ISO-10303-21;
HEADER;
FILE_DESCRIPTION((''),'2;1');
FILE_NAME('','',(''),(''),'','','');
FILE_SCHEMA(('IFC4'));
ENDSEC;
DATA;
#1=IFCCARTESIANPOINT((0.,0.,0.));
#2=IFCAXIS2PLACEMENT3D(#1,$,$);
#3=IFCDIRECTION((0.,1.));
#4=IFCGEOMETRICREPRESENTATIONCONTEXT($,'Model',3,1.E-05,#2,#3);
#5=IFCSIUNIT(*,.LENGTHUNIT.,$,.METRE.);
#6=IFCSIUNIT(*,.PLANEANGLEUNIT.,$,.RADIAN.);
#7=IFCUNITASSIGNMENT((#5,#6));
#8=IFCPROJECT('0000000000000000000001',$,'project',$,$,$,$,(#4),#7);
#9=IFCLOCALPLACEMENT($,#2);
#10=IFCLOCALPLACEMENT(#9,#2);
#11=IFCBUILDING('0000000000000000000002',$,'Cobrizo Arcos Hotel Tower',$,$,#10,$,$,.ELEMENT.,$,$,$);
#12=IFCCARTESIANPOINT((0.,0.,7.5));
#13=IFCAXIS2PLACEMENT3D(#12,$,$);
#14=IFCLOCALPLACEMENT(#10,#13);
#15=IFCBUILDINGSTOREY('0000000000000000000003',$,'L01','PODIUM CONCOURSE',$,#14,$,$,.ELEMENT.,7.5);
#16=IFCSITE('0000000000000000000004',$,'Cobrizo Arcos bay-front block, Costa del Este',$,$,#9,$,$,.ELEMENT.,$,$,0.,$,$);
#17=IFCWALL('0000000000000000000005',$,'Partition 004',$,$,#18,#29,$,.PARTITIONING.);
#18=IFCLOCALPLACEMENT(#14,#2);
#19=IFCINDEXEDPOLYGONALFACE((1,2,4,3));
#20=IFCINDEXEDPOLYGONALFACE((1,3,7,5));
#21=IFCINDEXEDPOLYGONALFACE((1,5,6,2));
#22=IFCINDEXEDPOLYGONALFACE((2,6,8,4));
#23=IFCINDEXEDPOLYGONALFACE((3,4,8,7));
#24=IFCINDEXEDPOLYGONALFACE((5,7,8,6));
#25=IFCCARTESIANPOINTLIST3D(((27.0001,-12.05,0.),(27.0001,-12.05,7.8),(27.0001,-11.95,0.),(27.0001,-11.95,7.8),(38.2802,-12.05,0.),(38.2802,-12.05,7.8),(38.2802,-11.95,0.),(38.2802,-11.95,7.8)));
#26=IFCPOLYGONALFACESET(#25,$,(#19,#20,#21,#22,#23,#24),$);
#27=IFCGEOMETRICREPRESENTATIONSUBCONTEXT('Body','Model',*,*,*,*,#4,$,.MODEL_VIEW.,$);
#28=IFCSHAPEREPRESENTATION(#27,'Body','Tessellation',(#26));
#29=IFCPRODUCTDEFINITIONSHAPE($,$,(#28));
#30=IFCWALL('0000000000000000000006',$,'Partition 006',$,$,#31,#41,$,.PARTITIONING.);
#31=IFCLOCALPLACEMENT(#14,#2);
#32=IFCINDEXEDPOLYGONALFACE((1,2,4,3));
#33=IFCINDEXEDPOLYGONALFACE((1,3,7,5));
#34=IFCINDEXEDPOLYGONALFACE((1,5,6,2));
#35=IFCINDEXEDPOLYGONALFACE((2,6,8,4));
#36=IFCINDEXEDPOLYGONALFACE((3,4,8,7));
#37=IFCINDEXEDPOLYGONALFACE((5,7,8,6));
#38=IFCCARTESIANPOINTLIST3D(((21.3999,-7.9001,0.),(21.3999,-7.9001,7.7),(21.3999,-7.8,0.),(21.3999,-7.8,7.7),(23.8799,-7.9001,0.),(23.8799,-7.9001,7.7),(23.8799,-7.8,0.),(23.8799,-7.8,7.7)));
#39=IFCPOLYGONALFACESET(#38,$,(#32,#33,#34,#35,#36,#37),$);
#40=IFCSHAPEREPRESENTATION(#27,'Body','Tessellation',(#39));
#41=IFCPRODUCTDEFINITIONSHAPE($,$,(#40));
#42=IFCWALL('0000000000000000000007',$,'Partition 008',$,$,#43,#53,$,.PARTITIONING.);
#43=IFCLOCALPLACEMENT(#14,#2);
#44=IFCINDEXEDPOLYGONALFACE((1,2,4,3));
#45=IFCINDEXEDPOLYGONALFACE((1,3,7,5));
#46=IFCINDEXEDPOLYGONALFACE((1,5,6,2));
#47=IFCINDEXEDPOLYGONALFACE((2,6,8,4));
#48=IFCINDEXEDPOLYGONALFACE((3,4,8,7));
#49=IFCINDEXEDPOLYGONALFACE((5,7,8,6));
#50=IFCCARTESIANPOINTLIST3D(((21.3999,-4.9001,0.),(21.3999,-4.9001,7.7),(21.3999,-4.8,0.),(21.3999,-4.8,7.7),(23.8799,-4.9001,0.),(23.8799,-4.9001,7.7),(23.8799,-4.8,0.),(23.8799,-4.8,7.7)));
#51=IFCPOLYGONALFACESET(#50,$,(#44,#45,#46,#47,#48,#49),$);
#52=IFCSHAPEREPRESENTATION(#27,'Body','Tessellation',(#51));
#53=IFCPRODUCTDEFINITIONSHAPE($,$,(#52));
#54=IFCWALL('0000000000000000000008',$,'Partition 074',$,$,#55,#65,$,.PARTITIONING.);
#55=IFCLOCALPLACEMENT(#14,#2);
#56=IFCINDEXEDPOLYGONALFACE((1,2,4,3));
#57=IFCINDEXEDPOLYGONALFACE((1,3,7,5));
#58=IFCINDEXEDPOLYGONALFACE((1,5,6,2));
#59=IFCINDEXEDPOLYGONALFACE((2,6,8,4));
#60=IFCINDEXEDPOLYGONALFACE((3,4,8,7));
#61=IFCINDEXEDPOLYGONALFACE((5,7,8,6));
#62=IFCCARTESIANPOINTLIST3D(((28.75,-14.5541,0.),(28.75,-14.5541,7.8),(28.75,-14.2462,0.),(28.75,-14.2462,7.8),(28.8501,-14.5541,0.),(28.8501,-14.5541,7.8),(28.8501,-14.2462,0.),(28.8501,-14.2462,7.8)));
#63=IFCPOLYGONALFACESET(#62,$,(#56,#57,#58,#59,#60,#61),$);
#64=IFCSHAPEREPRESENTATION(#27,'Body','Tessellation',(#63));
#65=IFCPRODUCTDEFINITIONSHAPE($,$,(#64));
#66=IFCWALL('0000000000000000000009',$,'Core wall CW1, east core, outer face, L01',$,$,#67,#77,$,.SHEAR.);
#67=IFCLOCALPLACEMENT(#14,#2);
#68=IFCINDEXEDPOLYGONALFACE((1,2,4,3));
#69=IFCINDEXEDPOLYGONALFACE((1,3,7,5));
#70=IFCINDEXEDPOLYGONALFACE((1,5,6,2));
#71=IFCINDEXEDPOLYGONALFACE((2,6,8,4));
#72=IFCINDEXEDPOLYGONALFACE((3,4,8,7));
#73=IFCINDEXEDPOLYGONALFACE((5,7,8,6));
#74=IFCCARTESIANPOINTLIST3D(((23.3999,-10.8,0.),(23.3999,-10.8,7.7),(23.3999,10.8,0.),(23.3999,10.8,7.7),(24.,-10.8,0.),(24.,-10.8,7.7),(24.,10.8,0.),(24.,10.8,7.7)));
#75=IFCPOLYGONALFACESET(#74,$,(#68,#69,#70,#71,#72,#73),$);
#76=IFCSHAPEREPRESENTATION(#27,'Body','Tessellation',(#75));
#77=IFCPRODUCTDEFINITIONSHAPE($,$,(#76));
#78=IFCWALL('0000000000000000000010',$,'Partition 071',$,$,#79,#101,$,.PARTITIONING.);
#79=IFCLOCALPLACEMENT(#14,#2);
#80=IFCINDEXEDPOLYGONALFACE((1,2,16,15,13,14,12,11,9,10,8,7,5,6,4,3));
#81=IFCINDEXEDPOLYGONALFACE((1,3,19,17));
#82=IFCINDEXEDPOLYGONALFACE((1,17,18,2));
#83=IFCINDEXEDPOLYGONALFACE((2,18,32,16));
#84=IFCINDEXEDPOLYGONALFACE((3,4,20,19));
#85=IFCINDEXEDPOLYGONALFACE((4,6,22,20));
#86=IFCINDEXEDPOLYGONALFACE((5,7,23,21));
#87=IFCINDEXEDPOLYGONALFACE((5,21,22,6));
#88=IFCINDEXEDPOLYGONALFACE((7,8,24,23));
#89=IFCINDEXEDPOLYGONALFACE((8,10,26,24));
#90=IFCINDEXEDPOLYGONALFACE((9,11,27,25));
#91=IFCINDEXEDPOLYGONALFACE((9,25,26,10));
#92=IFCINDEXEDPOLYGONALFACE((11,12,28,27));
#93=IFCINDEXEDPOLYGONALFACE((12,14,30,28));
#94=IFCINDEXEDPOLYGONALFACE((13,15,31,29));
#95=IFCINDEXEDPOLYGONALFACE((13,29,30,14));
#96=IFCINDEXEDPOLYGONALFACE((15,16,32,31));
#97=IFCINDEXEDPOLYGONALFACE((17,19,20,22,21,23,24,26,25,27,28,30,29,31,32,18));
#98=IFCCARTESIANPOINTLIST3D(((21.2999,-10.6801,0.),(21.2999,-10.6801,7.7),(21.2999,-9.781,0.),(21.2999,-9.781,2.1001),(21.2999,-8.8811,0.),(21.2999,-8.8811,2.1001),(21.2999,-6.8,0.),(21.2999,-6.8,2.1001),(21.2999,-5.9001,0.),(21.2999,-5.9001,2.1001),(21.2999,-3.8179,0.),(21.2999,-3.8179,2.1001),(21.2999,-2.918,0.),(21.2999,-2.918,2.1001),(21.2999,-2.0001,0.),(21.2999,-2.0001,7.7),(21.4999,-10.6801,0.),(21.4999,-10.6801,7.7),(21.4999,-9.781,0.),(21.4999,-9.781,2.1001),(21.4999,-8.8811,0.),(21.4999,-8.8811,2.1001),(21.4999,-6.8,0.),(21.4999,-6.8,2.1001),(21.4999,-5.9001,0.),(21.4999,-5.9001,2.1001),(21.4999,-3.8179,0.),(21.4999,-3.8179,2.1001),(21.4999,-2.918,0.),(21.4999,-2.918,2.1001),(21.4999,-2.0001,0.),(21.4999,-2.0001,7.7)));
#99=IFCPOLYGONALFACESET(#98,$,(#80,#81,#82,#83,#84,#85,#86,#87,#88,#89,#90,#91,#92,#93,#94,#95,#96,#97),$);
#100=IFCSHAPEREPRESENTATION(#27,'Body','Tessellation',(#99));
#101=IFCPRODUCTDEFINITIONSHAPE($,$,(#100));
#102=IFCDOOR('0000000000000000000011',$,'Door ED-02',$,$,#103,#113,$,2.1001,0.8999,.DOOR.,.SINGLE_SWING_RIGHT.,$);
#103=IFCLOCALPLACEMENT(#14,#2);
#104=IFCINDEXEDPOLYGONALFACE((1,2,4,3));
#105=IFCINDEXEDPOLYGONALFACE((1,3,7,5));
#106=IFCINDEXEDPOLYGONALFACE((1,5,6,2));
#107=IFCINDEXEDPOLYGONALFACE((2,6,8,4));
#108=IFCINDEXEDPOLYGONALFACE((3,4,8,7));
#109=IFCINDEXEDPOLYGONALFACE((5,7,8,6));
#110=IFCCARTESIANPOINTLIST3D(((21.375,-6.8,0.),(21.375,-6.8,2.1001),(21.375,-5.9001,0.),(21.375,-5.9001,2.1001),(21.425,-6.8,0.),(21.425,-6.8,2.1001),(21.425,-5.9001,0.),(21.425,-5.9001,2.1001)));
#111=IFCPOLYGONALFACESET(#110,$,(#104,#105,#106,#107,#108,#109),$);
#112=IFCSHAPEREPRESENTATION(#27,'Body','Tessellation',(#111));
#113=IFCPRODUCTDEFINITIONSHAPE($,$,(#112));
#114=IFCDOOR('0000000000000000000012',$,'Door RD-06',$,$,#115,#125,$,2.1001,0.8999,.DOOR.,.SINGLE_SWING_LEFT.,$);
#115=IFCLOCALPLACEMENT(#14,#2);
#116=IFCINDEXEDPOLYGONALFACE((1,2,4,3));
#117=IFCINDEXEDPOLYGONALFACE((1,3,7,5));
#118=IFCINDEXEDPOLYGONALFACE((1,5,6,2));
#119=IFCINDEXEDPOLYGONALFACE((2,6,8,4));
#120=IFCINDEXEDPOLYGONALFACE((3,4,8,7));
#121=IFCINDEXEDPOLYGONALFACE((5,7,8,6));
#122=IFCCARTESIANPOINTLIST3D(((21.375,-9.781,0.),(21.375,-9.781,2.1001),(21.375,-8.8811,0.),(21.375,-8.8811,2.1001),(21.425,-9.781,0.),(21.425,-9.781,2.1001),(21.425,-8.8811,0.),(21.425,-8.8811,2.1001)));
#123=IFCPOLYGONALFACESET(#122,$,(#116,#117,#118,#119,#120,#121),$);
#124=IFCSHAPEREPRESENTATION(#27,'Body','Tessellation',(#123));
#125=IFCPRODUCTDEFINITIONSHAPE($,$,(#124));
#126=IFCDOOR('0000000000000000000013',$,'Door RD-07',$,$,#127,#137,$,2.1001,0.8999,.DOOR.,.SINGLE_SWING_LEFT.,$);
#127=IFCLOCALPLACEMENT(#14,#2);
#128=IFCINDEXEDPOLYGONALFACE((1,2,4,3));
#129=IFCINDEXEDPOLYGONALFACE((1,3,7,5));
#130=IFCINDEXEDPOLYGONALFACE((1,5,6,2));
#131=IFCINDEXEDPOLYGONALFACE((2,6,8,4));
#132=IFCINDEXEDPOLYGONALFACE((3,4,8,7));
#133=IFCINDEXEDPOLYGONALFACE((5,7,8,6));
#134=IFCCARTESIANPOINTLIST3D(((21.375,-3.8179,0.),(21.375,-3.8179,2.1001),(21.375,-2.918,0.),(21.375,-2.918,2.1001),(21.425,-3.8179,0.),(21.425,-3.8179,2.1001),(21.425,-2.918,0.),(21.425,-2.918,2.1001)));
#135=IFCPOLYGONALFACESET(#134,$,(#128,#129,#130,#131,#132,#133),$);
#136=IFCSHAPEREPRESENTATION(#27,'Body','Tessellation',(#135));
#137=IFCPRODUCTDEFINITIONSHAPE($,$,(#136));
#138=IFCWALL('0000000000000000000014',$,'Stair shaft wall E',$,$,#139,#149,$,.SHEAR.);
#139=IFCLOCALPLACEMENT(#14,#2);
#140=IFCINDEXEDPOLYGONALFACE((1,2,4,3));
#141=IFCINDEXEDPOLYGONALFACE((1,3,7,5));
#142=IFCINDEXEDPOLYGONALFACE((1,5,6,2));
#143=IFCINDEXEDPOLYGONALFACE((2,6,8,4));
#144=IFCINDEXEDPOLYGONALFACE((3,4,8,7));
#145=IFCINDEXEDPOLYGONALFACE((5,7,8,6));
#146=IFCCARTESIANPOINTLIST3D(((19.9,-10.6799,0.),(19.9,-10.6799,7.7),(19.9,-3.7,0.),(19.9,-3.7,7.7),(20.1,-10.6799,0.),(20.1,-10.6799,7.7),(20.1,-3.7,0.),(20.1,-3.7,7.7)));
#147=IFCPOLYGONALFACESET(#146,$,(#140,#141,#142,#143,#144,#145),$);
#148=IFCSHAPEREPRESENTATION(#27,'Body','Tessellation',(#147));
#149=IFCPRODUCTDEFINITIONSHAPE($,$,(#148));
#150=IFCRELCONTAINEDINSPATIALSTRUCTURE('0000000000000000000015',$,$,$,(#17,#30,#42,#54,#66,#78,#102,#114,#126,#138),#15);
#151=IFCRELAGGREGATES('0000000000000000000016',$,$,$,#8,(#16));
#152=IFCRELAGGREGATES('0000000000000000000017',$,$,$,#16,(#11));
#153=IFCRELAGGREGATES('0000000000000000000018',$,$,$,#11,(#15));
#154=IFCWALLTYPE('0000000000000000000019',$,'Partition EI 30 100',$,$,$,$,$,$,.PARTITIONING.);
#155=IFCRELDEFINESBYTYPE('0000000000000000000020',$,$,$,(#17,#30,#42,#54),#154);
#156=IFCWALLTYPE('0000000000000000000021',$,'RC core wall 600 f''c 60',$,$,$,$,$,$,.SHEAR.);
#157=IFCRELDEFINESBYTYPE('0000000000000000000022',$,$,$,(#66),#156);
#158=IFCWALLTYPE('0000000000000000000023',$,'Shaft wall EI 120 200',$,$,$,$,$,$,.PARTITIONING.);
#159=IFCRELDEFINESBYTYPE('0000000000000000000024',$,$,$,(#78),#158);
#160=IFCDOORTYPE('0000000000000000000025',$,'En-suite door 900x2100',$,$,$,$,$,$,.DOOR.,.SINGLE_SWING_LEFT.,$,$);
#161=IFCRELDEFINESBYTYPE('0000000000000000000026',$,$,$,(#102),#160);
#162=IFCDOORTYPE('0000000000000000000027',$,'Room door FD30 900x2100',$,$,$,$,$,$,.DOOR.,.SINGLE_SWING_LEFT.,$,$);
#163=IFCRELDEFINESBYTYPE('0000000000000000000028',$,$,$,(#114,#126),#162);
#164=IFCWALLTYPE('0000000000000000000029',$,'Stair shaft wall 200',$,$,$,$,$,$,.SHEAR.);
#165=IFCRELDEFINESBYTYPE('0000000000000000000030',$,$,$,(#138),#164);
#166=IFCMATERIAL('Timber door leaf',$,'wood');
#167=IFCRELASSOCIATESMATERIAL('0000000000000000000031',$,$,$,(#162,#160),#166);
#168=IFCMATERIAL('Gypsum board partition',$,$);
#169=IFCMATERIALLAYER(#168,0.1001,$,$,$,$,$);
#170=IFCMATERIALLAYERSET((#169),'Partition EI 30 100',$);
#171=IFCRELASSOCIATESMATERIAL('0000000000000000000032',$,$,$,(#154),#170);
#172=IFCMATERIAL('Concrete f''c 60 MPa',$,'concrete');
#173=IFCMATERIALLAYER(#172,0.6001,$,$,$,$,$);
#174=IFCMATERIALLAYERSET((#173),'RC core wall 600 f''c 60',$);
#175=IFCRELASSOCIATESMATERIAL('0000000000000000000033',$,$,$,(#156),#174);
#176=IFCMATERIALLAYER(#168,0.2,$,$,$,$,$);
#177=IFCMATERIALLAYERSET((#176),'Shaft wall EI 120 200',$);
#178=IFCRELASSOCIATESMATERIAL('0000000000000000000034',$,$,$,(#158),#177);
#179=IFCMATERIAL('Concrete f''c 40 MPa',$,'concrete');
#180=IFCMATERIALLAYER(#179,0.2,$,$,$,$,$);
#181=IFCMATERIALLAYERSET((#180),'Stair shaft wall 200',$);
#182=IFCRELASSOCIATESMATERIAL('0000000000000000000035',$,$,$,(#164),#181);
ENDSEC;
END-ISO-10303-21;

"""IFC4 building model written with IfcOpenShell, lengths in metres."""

from ifc_helpers import new_model, si_unit, direction, frame, frame_2d, origin, place, context, subcontext, project, spatial, rectangle, extrude, material, layer, layer_set, type_object, element, fill, save


model = new_model("IFC4")

# Units and contexts
model_context = context("Model", 3, precision=1e-05, world=origin(), true_north=direction((0.0, 1.0)))
body_context = subcontext(model_context, "Body", "Model", "MODEL_VIEW")
ifc_project = project(units=[si_unit("LENGTHUNIT", "METRE"), si_unit("PLANEANGLEUNIT", "RADIAN")], contexts=[model_context])

# Site, building, storey
site_placement = place(None, origin())
site = spatial("IfcSite", under=ifc_project, at=site_placement, Name="Cobrizo Arcos bay-front block, Costa del Este", CompositionType="ELEMENT", RefElevation=0.0)
building_placement = place(site_placement, origin())
building = spatial("IfcBuilding", under=site, at=building_placement, Name="Cobrizo Arcos Hotel Tower", CompositionType="ELEMENT")
storey_placement = place(building_placement, frame((0.0, 0.0, 7.5)))
storey = spatial("IfcBuildingStorey", under=building, at=storey_placement, Name="L01", Description="PODIUM CONCOURSE", CompositionType="ELEMENT", Elevation=7.5)

# Shared definitions
ifc_material_1 = material(Name="Gypsum board partition")
ifc_material_2 = material(Name="Timber door leaf", Category="wood")
door_type_1 = type_object("IfcDoorType", Name="Room door FD30 900x2100", OperationType="SINGLE_SWING_LEFT", PredefinedType="DOOR", material=ifc_material_2)

# Walls
ifc_layer_1 = layer(ifc_material_1, 0.1001)
ifc_layer_set_1 = layer_set([ifc_layer_1], Name="Partition EI 30 100")
wall_type_1 = type_object("IfcWallType", Name="Partition EI 30 100", PredefinedType="PARTITIONING", material=ifc_layer_set_1)
wall_1_placement = place(storey_placement, frame((27.0, -12.0, 0.0), z_axis=(0.0, 0.0, 1.0), x_axis=(1.0, 0.0, 0.0)))
element("IfcWall", 1, at=wall_1_placement, inside=storey, type_object=wall_type_1, Name="Partition 004", PredefinedType="PARTITIONING", context=body_context, shape_type="SweptSolid", body=[
    extrude(rectangle(XDim=11.28, YDim=0.1001, at=frame_2d((5.6401, 0.0))), origin(), (0.0, 0.0, 1.0), 7.8),
])
for number, where, z_axis, x_axis, name in (
    (2, (21.3999, -7.8501, 0.0), (0.0, 0.0, 1.0), (1.0, 0.0, 0.0), "Partition 006"),
    (3, (21.3999, -4.8501, 0.0), (0.0, 0.0, 1.0), (1.0, 0.0, 0.0), "Partition 008"),
):
    element("IfcWall", number, at=place(storey_placement, frame(where, z_axis=z_axis, x_axis=x_axis)), inside=storey, type_object=wall_type_1, Name=name, PredefinedType="PARTITIONING", context=body_context, shape_type="SweptSolid", body=[
        extrude(rectangle(XDim=2.48, YDim=0.1001, at=frame_2d((1.24, 0.0))), origin(), (0.0, 0.0, 1.0), 7.7),
    ])
wall_2_placement = place(storey_placement, frame((28.8, -14.554, 0.0), z_axis=(0.0, 0.0, 1.0), x_axis=(0.0, 1.0, 0.0)))
element("IfcWall", 4, at=wall_2_placement, inside=storey, type_object=wall_type_1, Name="Partition 074", PredefinedType="PARTITIONING", context=body_context, shape_type="SweptSolid", body=[
    extrude(rectangle(XDim=0.3079, YDim=0.1001, at=frame_2d((0.1538, 0.0))), origin(), (0.0, 0.0, 1.0), 7.8),
])
ifc_material_3 = material(Name="Concrete f'c 60 MPa", Category="concrete")
ifc_layer_2 = layer(ifc_material_3, 0.6001)
ifc_layer_set_2 = layer_set([ifc_layer_2], Name="RC core wall 600 f'c 60")
wall_type_2 = type_object("IfcWallType", Name="RC core wall 600 f'c 60", PredefinedType="SHEAR", material=ifc_layer_set_2)
wall_3_placement = place(storey_placement, frame((23.7, -10.8, 0.0), z_axis=(0.0, 0.0, 1.0), x_axis=(0.0, 1.0, 0.0)))
element("IfcWall", 5, at=wall_3_placement, inside=storey, type_object=wall_type_2, Name="Core wall CW1, east core, outer face, L01", PredefinedType="SHEAR", context=body_context, shape_type="SweptSolid", body=[
    extrude(rectangle(XDim=21.6001, YDim=0.6001, at=frame_2d((10.8, 0.0))), origin(), (0.0, 0.0, 1.0), 7.7),
])

# Wall, openings, doors
ifc_layer_3 = layer(ifc_material_1, 0.2)
ifc_layer_set_3 = layer_set([ifc_layer_3], Name="Shaft wall EI 120 200")
wall_type_3 = type_object("IfcWallType", Name="Shaft wall EI 120 200", PredefinedType="PARTITIONING", material=ifc_layer_set_3)
wall_4_placement = place(storey_placement, frame((21.3999, -10.6799, 0.0), z_axis=(0.0, 0.0, 1.0), x_axis=(0.0, 1.0, 0.0)))
wall_4 = element("IfcWall", 6, at=wall_4_placement, inside=storey, type_object=wall_type_3, Name="Partition 071", PredefinedType="PARTITIONING", context=body_context, shape_type="SweptSolid", body=[
    extrude(rectangle(XDim=8.6799, YDim=0.2, at=frame_2d((4.3398, 0.0))), origin(), (0.0, 0.0, 1.0), 7.7),
])
opening_1_placement = place(wall_4_placement, frame((0.8989, 0.0, 0.0)))
opening_1 = element("IfcOpeningElement", 7, at=opening_1_placement, cuts=wall_4, PredefinedType="OPENING", context=body_context, shape_type="SweptSolid", body=[
    extrude(rectangle(XDim=0.8999, YDim=2.1001, at=frame_2d((0.45, 1.05))), frame((0.0, 0.1121, 0.0), z_axis=(0.0, -1.0, 0.0), x_axis=(1.0, 0.0, 0.0)), (0.0, 0.0, 1.0), 0.2239),
])
opening_2_placement = place(wall_4_placement, frame((3.8799, 0.0, 0.0)))
opening_2 = element("IfcOpeningElement", 8, at=opening_2_placement, cuts=wall_4, PredefinedType="OPENING", context=body_context, shape_type="SweptSolid", body=[
    extrude(rectangle(XDim=0.8999, YDim=2.1001, at=frame_2d((0.45, 1.05))), frame((0.0, 0.1121, 0.0), z_axis=(0.0, -1.0, 0.0), x_axis=(1.0, 0.0, 0.0)), (0.0, 0.0, 1.0), 0.2239),
])
opening_3_placement = place(wall_4_placement, frame((6.8621, 0.0, 0.0)))
opening_3 = element("IfcOpeningElement", 9, at=opening_3_placement, cuts=wall_4, PredefinedType="OPENING", context=body_context, shape_type="SweptSolid", body=[
    extrude(rectangle(XDim=0.8999, YDim=2.1001, at=frame_2d((0.45, 1.05))), frame((0.0, 0.1121, 0.0), z_axis=(0.0, -1.0, 0.0), x_axis=(1.0, 0.0, 0.0)), (0.0, 0.0, 1.0), 0.2239),
])
door_type_2 = type_object("IfcDoorType", Name="En-suite door 900x2100", OperationType="SINGLE_SWING_LEFT", PredefinedType="DOOR", material=ifc_material_2)
door_1_placement = place(opening_2_placement, origin())
door_1 = element("IfcDoor", 10, at=door_1_placement, inside=storey, type_object=door_type_2, Name="Door ED-02", OperationType="SINGLE_SWING_RIGHT", OverallHeight=2.1001, OverallWidth=0.8999, PredefinedType="DOOR", context=body_context, shape_type="SweptSolid", body=[
    extrude(rectangle(XDim=0.8999, YDim=2.1001, at=frame_2d((0.45, 1.05))), frame((0.0, 0.0249, 0.0), z_axis=(0.0, -1.0, 0.0), x_axis=(1.0, 0.0, 0.0)), (0.0, 0.0, 1.0), 0.05),
])
fill(opening_2, door_1)
door_2_placement = place(opening_1_placement, origin())
door_2 = element("IfcDoor", 11, at=door_2_placement, inside=storey, type_object=door_type_1, Name="Door RD-06", OperationType="SINGLE_SWING_LEFT", OverallHeight=2.1001, OverallWidth=0.8999, PredefinedType="DOOR", context=body_context, shape_type="SweptSolid", body=[
    extrude(rectangle(XDim=0.8999, YDim=2.1001, at=frame_2d((0.45, 1.05))), frame((0.0, 0.0249, 0.0), z_axis=(0.0, -1.0, 0.0), x_axis=(1.0, 0.0, 0.0)), (0.0, 0.0, 1.0), 0.05),
])
fill(opening_1, door_2)
door_3_placement = place(opening_3_placement, origin())
door_3 = element("IfcDoor", 12, at=door_3_placement, inside=storey, type_object=door_type_1, Name="Door RD-07", OperationType="SINGLE_SWING_LEFT", OverallHeight=2.1001, OverallWidth=0.8999, PredefinedType="DOOR", context=body_context, shape_type="SweptSolid", body=[
    extrude(rectangle(XDim=0.8999, YDim=2.1001, at=frame_2d((0.45, 1.05))), frame((0.0, 0.0249, 0.0), z_axis=(0.0, -1.0, 0.0), x_axis=(1.0, 0.0, 0.0)), (0.0, 0.0, 1.0), 0.05),
])
fill(opening_3, door_3)

# Wall
ifc_material_4 = material(Name="Concrete f'c 40 MPa", Category="concrete")
ifc_layer_4 = layer(ifc_material_4, 0.2)
ifc_layer_set_4 = layer_set([ifc_layer_4], Name="Stair shaft wall 200")
wall_type_4 = type_object("IfcWallType", Name="Stair shaft wall 200", PredefinedType="SHEAR", material=ifc_layer_set_4)
wall_5_placement = place(storey_placement, frame((20.0, -10.6799, 0.0), z_axis=(0.0, 0.0, 1.0), x_axis=(0.0, 1.0, 0.0)))
element("IfcWall", 13, at=wall_5_placement, inside=storey, type_object=wall_type_4, Name="Stair shaft wall E", PredefinedType="SHEAR", context=body_context, shape_type="SweptSolid", body=[
    extrude(rectangle(XDim=6.98, YDim=0.2, at=frame_2d((3.49, 0.0))), origin(), (0.0, 0.0, 1.0), 7.7),
])

save(model, "model.ifc")
